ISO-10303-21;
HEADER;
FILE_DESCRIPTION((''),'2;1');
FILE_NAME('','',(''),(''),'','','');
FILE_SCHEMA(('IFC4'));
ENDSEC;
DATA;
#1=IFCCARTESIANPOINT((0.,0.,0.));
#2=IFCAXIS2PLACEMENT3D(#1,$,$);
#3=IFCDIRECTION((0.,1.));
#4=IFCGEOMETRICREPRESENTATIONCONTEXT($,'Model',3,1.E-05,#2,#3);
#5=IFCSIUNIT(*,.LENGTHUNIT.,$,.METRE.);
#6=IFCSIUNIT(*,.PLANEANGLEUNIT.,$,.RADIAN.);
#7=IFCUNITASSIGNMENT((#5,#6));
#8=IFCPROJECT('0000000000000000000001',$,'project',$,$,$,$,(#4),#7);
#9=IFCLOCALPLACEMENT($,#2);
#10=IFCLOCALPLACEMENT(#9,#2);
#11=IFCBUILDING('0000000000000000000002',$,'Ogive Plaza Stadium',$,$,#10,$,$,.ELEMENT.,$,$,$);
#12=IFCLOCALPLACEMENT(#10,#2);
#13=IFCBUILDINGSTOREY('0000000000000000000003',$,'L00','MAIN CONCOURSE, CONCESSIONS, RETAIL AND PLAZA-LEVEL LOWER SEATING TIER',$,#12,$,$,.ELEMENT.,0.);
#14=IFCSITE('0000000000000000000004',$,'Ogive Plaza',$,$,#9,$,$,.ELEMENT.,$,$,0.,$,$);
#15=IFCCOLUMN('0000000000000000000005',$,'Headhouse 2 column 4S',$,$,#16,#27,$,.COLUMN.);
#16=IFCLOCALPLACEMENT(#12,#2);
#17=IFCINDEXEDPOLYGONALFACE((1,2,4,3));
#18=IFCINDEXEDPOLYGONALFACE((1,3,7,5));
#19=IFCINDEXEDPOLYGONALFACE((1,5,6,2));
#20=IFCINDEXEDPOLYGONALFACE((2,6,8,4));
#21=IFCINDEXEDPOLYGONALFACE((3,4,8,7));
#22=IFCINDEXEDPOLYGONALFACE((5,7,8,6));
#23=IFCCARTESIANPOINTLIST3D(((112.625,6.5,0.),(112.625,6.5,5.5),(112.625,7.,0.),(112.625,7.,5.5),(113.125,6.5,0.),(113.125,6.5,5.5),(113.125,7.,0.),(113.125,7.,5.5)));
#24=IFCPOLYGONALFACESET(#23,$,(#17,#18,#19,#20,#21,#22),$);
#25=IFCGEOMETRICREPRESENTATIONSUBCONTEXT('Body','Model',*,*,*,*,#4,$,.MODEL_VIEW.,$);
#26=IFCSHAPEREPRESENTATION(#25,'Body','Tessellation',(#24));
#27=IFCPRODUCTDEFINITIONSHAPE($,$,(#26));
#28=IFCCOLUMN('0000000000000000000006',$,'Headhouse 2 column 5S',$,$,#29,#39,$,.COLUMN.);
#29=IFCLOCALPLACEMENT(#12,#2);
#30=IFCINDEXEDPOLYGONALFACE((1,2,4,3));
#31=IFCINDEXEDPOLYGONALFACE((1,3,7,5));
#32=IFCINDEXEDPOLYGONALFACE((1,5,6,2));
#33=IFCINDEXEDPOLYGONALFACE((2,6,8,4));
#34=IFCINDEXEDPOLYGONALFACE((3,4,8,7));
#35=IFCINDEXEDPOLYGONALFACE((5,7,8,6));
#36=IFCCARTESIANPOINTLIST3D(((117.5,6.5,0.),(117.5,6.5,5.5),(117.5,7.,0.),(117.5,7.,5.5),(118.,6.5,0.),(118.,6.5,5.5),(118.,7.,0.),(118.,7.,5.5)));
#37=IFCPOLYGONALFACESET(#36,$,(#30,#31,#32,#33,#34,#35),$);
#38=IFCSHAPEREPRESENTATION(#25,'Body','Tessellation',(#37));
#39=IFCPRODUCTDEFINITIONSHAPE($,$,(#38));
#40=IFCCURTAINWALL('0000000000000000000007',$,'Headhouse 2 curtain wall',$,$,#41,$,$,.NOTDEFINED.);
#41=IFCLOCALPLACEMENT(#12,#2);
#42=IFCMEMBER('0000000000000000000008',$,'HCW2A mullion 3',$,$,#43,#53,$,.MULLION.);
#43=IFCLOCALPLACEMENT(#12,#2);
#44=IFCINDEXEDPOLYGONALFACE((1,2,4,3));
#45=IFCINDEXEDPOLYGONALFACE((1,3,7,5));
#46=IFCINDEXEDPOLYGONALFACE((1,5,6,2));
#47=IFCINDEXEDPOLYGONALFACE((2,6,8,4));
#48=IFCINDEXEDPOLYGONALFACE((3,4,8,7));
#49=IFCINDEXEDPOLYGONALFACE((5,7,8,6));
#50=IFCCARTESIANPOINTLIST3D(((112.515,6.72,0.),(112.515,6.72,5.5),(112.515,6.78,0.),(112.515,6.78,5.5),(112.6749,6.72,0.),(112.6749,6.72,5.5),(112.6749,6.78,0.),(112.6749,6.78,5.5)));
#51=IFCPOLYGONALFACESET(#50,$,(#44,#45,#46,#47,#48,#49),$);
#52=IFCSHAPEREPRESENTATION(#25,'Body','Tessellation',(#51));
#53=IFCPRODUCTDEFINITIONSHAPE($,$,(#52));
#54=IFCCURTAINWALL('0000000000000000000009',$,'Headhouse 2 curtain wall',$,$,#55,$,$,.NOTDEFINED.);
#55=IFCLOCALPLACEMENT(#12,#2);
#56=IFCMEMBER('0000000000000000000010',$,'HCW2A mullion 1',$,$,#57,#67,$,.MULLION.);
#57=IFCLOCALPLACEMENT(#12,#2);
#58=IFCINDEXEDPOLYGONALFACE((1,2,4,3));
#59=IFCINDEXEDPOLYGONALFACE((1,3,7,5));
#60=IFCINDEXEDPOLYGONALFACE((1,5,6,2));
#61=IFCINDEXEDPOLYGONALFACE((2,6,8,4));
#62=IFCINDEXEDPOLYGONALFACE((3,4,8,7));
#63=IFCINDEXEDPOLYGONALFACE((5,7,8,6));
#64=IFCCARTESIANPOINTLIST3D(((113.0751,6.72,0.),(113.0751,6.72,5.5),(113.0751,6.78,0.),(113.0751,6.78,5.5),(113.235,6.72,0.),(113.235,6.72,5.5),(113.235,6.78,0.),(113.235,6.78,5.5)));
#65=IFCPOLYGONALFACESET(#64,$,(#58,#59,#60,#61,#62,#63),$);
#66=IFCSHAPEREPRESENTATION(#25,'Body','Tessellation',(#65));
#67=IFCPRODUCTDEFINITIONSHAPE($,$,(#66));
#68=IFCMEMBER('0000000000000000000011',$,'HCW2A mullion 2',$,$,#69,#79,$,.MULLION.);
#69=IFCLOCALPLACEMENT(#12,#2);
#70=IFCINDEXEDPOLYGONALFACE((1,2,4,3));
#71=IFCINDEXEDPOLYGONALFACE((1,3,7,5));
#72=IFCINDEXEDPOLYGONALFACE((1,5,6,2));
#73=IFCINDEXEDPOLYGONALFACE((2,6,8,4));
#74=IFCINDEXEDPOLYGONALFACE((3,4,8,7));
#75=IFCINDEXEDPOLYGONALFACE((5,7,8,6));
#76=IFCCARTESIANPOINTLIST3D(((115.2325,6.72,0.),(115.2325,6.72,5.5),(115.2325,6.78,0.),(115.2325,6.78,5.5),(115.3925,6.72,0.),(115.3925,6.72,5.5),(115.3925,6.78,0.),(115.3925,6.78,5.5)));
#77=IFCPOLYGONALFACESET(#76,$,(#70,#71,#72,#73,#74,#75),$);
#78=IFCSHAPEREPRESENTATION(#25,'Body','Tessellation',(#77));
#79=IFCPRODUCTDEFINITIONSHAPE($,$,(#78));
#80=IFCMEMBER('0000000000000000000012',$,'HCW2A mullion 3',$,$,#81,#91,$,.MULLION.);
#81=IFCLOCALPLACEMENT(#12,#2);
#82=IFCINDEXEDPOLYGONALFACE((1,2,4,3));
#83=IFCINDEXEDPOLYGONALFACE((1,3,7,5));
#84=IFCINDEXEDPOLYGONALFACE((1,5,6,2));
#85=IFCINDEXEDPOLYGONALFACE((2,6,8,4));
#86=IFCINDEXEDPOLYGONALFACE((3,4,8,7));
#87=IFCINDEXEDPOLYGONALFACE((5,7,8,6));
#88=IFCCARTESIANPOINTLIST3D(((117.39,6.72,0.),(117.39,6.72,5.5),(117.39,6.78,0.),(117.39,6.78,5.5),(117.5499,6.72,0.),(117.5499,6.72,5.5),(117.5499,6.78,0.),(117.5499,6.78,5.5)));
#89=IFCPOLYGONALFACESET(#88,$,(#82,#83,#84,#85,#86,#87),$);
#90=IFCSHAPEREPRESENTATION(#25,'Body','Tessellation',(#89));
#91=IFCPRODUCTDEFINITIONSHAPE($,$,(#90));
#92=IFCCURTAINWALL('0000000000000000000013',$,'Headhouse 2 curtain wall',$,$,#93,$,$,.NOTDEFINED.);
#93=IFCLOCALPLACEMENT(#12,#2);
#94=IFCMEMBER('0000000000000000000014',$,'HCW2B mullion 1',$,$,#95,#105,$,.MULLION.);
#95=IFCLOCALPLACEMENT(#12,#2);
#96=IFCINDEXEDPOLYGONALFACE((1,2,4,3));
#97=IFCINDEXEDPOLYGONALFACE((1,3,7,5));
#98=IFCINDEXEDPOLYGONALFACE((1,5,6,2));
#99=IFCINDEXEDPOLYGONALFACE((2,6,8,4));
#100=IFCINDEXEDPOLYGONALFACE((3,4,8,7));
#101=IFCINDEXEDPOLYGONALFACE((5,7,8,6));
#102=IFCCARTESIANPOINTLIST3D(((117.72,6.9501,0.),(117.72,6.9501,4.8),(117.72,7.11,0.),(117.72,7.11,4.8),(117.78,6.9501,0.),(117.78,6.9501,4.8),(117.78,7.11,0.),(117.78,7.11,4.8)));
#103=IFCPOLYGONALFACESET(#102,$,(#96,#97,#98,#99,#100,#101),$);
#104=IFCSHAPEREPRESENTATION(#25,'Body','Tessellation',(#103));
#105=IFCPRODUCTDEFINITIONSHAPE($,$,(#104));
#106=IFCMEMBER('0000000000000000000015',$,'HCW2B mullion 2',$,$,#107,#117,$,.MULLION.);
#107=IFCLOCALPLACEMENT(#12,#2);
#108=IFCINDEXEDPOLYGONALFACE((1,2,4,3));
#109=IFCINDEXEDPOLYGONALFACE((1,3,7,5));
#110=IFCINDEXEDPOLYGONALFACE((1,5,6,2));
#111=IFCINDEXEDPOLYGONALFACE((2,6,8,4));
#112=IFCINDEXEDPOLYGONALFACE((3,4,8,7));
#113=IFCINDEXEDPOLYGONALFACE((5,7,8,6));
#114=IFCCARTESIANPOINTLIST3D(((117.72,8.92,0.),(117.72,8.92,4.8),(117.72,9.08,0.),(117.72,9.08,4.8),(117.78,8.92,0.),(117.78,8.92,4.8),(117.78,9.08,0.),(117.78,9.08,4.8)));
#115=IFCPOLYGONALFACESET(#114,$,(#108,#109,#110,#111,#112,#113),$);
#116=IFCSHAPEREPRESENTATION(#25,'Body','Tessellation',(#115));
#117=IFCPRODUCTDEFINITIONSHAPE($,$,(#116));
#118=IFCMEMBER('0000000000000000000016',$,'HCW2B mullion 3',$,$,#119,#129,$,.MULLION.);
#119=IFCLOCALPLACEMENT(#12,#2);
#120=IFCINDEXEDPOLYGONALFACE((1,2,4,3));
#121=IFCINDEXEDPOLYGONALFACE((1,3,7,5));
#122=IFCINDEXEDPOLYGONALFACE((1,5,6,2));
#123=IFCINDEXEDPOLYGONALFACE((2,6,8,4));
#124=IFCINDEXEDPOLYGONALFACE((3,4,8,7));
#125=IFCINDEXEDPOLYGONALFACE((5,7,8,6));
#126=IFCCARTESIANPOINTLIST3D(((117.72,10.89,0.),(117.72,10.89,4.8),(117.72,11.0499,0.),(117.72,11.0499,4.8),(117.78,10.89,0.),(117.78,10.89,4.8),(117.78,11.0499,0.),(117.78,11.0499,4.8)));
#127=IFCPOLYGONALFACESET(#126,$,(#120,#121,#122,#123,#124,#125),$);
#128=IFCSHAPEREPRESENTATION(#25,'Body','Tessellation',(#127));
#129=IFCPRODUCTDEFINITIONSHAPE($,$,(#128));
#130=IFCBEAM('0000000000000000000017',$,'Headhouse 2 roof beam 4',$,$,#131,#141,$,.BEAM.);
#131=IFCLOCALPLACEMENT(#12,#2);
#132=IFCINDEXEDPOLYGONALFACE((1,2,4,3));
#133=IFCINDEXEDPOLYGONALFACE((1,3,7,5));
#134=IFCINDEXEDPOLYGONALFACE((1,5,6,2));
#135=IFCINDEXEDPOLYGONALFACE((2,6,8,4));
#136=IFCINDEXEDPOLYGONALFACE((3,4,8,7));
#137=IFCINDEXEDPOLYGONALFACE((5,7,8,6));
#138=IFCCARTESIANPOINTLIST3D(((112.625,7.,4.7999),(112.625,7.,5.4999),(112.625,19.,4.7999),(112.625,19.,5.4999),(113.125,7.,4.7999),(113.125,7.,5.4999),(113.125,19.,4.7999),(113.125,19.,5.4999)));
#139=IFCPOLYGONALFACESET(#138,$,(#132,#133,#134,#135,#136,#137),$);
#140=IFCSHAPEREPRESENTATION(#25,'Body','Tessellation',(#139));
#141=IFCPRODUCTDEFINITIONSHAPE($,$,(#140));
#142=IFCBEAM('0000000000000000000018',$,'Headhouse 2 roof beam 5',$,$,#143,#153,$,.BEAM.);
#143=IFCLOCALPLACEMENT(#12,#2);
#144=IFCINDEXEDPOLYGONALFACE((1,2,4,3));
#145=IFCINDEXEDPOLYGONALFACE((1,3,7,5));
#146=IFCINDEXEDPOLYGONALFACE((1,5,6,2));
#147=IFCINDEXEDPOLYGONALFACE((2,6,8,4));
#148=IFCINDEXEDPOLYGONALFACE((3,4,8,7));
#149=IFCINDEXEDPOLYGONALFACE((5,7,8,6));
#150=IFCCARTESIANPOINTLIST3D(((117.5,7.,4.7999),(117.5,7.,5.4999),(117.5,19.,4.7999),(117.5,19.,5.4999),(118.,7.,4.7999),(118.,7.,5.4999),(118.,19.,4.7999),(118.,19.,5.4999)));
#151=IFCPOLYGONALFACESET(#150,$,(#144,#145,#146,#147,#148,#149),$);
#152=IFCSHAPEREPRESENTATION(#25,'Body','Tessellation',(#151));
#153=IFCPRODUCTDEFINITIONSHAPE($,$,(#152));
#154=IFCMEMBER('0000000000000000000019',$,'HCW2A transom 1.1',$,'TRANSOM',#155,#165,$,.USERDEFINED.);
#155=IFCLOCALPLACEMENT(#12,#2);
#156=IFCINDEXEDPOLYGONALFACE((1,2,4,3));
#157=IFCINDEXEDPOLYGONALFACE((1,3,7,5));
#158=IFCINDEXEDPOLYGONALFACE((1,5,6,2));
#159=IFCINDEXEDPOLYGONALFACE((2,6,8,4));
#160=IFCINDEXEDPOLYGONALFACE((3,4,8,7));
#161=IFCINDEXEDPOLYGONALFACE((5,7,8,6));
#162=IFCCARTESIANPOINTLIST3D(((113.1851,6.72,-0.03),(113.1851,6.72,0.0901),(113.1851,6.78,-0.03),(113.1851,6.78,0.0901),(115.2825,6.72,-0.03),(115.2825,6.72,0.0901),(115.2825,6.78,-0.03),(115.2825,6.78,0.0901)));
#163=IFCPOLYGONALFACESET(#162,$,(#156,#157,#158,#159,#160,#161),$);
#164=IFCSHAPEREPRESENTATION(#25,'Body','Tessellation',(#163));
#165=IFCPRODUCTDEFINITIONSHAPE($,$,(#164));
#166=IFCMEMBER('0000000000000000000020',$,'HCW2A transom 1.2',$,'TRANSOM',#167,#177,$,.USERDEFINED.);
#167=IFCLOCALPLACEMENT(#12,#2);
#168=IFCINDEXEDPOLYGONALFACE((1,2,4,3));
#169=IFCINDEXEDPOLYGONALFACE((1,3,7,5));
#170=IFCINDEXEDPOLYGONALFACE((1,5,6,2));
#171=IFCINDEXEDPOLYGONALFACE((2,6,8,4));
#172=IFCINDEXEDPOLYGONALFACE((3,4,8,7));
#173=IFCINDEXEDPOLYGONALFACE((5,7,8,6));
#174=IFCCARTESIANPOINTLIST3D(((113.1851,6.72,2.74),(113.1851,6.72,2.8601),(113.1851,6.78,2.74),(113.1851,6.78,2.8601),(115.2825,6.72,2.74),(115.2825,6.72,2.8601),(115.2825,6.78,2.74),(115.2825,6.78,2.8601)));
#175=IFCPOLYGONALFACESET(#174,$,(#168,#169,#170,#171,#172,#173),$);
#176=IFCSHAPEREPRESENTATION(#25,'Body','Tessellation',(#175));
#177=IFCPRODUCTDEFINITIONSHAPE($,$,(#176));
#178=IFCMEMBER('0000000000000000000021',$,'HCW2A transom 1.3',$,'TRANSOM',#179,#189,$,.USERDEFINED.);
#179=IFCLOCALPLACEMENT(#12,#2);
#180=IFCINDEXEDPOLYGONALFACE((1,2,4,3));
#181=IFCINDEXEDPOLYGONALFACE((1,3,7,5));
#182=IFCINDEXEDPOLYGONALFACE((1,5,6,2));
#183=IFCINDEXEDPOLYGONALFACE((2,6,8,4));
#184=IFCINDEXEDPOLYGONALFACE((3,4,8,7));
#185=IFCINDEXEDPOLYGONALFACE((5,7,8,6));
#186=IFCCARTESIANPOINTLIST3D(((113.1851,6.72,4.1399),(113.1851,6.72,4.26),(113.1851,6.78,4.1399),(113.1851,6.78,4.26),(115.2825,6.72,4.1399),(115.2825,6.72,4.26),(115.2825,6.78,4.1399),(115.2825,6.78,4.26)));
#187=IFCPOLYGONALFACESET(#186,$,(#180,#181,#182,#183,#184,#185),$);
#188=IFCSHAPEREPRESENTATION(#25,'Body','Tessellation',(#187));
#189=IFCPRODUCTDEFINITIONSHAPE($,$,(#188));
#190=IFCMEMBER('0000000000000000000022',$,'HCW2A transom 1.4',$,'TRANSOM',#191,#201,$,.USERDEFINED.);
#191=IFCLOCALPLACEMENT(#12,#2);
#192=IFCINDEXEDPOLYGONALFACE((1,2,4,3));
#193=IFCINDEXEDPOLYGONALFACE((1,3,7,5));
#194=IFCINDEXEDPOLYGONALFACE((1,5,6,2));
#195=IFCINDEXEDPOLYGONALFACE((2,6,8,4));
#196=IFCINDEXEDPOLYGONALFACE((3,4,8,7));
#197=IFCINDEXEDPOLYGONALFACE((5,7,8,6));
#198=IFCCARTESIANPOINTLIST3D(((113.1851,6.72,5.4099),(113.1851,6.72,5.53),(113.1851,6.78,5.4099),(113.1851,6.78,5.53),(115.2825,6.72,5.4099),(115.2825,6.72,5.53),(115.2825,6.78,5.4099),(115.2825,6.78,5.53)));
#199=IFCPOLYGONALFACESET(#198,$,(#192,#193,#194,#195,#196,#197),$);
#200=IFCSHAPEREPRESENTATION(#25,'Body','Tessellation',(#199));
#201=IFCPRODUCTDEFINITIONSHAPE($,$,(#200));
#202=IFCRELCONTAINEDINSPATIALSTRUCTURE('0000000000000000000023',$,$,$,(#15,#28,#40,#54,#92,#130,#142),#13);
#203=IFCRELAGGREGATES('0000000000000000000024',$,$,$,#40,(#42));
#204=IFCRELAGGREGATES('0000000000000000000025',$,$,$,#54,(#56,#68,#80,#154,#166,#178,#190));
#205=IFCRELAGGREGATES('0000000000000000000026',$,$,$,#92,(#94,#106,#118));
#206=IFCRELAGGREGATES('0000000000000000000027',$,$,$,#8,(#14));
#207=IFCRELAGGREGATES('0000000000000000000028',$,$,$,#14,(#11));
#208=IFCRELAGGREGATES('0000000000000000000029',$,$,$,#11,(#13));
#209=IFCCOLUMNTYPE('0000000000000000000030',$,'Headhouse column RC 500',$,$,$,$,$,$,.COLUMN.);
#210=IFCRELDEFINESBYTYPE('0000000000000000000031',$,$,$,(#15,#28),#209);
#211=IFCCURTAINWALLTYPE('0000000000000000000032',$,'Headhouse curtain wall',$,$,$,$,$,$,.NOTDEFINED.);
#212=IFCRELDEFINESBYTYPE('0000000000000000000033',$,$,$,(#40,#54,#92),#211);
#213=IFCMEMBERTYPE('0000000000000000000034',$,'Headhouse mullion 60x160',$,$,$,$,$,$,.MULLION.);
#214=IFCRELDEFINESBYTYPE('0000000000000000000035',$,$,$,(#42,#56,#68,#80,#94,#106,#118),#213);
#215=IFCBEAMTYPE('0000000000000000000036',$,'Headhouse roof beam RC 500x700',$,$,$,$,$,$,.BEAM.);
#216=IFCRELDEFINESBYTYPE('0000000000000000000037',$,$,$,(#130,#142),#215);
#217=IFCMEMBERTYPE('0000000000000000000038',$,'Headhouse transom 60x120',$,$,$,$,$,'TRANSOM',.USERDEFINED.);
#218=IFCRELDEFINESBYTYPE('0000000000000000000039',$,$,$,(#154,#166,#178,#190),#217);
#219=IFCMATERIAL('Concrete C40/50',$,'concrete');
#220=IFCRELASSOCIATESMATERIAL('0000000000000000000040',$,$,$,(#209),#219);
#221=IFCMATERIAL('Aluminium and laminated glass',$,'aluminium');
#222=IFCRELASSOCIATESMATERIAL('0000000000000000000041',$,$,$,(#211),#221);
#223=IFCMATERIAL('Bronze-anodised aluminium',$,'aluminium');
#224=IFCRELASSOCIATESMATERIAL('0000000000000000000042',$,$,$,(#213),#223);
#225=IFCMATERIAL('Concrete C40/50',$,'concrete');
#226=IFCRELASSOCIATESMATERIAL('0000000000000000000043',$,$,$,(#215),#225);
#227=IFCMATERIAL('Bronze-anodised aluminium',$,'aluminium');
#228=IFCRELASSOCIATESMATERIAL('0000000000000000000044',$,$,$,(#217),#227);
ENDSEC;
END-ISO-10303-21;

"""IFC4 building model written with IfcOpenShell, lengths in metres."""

from ifc_helpers import new_model, si_unit, direction, frame, origin, origin_2d, place, context, subcontext, project, spatial, rectangle, extrude, material, material_profile, profile_set, type_object, element, aggregate, save


model = new_model("IFC4")

# Units and contexts
model_context = context("Model", 3, precision=1e-05, world=origin(), true_north=direction((0.0, 1.0)))
body_context = subcontext(model_context, "Body", "Model", "MODEL_VIEW")
ifc_project = project(units=[si_unit("LENGTHUNIT", "METRE"), si_unit("PLANEANGLEUNIT", "RADIAN")], contexts=[model_context])

# Site, building, storey
site_placement = place(None, origin())
site = spatial("IfcSite", under=ifc_project, at=site_placement, Name="Ogive Plaza", CompositionType="ELEMENT", RefElevation=0.0)
building_placement = place(site_placement, origin())
building = spatial("IfcBuilding", under=site, at=building_placement, Name="Ogive Plaza Stadium", CompositionType="ELEMENT")
storey_placement = place(building_placement, origin())
storey = spatial("IfcBuildingStorey", under=building, at=storey_placement, Name="L00", Description="MAIN CONCOURSE, CONCESSIONS, RETAIL AND PLAZA-LEVEL LOWER SEATING TIER", CompositionType="ELEMENT", Elevation=0.0)

# Columns
ifc_material_1 = material(Name="Concrete C40/50", Category="concrete")
ifc_material_profile_1 = material_profile(ifc_material_1, rectangle(XDim=0.5, YDim=0.5, at=origin_2d()), Name="Headhouse column RC 500")
ifc_profile_set_1 = profile_set([ifc_material_profile_1], Name="Concrete C40/50")
column_type = type_object("IfcColumnType", Name="Headhouse column RC 500", PredefinedType="COLUMN", material=ifc_profile_set_1)
for number, where, z_axis, x_axis, name in (
    (1, (112.875, 6.75, 0.0), (0.0, 0.0, 1.0), (1.0, 0.0, 0.0), "Headhouse 2 column 4S"),
    (2, (117.75, 6.75, 0.0), (0.0, 0.0, 1.0), (1.0, 0.0, 0.0), "Headhouse 2 column 5S"),
):
    element("IfcColumn", number, at=place(storey_placement, frame(where, z_axis=z_axis, x_axis=x_axis)), inside=storey, type_object=column_type, Name=name, PredefinedType="COLUMN", context=body_context, shape_type="SweptSolid", body=[
        extrude(rectangle(XDim=0.5, YDim=0.5, at=origin_2d()), origin(), (0.0, 0.0, 1.0), 5.5),
    ])

# Curtain wall, member
ifc_material_2 = material(Name="Aluminium and laminated glass", Category="aluminium")
curtain_wall_type = type_object("IfcCurtainWallType", Name="Headhouse curtain wall", PredefinedType="NOTDEFINED", material=ifc_material_2)
curtain_wall_1_placement = place(storey_placement, origin())
curtain_wall_1 = element("IfcCurtainWall", 3, at=curtain_wall_1_placement, inside=storey, type_object=curtain_wall_type, Name="Headhouse 2 curtain wall", PredefinedType="NOTDEFINED")
ifc_material_3 = material(Name="Bronze-anodised aluminium", Category="aluminium")
ifc_material_profile_2 = material_profile(ifc_material_3, rectangle(XDim=0.0601, YDim=0.1599, at=origin_2d()), Name="Headhouse mullion 60x160")
ifc_profile_set_2 = profile_set([ifc_material_profile_2], Name="Bronze-anodised aluminium")
member_type_1 = type_object("IfcMemberType", Name="Headhouse mullion 60x160", PredefinedType="MULLION", material=ifc_profile_set_2)
member_1_placement = place(storey_placement, frame((112.595, 6.75, 0.0), z_axis=(0.0, 0.0, 1.0), x_axis=(0.0, 1.0, 0.0)))
member_1 = element("IfcMember", 4, at=member_1_placement, type_object=member_type_1, Name="HCW2A mullion 3", PredefinedType="MULLION", context=body_context, shape_type="SweptSolid", body=[
    extrude(rectangle(XDim=0.0601, YDim=0.1599, at=origin_2d()), origin(), (0.0, 0.0, 1.0), 5.5),
])
aggregate(curtain_wall_1, [member_1])

# Curtain walls, members
curtain_wall_2_placement = place(storey_placement, origin())
curtain_wall_2 = element("IfcCurtainWall", 5, at=curtain_wall_2_placement, inside=storey, type_object=curtain_wall_type, Name="Headhouse 2 curtain wall", PredefinedType="NOTDEFINED")
member_2_placement = place(storey_placement, frame((113.155, 6.75, 0.0), z_axis=(0.0, 0.0, 1.0), x_axis=(0.0, 1.0, 0.0)))
member_2 = element("IfcMember", 6, at=member_2_placement, type_object=member_type_1, Name="HCW2A mullion 1", PredefinedType="MULLION", context=body_context, shape_type="SweptSolid", body=[
    extrude(rectangle(XDim=0.0601, YDim=0.1599, at=origin_2d()), origin(), (0.0, 0.0, 1.0), 5.5),
])
member_3_placement = place(storey_placement, frame((115.3125, 6.75, 0.0), z_axis=(0.0, 0.0, 1.0), x_axis=(0.0, 1.0, 0.0)))
member_3 = element("IfcMember", 7, at=member_3_placement, type_object=member_type_1, Name="HCW2A mullion 2", PredefinedType="MULLION", context=body_context, shape_type="SweptSolid", body=[
    extrude(rectangle(XDim=0.0601, YDim=0.1599, at=origin_2d()), origin(), (0.0, 0.0, 1.0), 5.5),
])
member_4_placement = place(storey_placement, frame((117.47, 6.75, 0.0), z_axis=(0.0, 0.0, 1.0), x_axis=(0.0, 1.0, 0.0)))
member_4 = element("IfcMember", 8, at=member_4_placement, type_object=member_type_1, Name="HCW2A mullion 3", PredefinedType="MULLION", context=body_context, shape_type="SweptSolid", body=[
    extrude(rectangle(XDim=0.0601, YDim=0.1599, at=origin_2d()), origin(), (0.0, 0.0, 1.0), 5.5),
])
curtain_wall_3_placement = place(storey_placement, origin())
curtain_wall_3 = element("IfcCurtainWall", 9, at=curtain_wall_3_placement, inside=storey, type_object=curtain_wall_type, Name="Headhouse 2 curtain wall", PredefinedType="NOTDEFINED")
member_5_placement = place(storey_placement, frame((117.75, 7.03, 0.0), z_axis=(0.0, 0.0, 1.0), x_axis=(-1.0, 0.0, 0.0)))
member_5 = element("IfcMember", 10, at=member_5_placement, type_object=member_type_1, Name="HCW2B mullion 1", PredefinedType="MULLION", context=body_context, shape_type="SweptSolid", body=[
    extrude(rectangle(XDim=0.0601, YDim=0.1599, at=origin_2d()), origin(), (0.0, 0.0, 1.0), 4.8),
])
member_6_placement = place(storey_placement, frame((117.75, 9.0, 0.0), z_axis=(0.0, 0.0, 1.0), x_axis=(-1.0, 0.0, 0.0)))
member_6 = element("IfcMember", 11, at=member_6_placement, type_object=member_type_1, Name="HCW2B mullion 2", PredefinedType="MULLION", context=body_context, shape_type="SweptSolid", body=[
    extrude(rectangle(XDim=0.0601, YDim=0.1599, at=origin_2d()), origin(), (0.0, 0.0, 1.0), 4.8),
])
member_7_placement = place(storey_placement, frame((117.75, 10.97, 0.0), z_axis=(0.0, 0.0, 1.0), x_axis=(-1.0, 0.0, 0.0)))
member_7 = element("IfcMember", 12, at=member_7_placement, type_object=member_type_1, Name="HCW2B mullion 3", PredefinedType="MULLION", context=body_context, shape_type="SweptSolid", body=[
    extrude(rectangle(XDim=0.0601, YDim=0.1599, at=origin_2d()), origin(), (0.0, 0.0, 1.0), 4.8),
])

# Beams
ifc_material_4 = material(Name="Concrete C40/50", Category="concrete")
ifc_material_profile_3 = material_profile(ifc_material_4, rectangle(XDim=0.5, YDim=0.7, at=origin_2d()), Name="Headhouse roof beam RC 500x700")
ifc_profile_set_3 = profile_set([ifc_material_profile_3], Name="Concrete C40/50")
beam_type = type_object("IfcBeamType", Name="Headhouse roof beam RC 500x700", PredefinedType="BEAM", material=ifc_profile_set_3)
for number, where, z_axis, x_axis, name in (
    (13, (112.875, 7.0, 5.1499), (0.0, 1.0, 0.0), (-1.0, 0.0, 0.0), "Headhouse 2 roof beam 4"),
    (14, (117.75, 7.0, 5.1499), (0.0, 1.0, 0.0), (-1.0, 0.0, 0.0), "Headhouse 2 roof beam 5"),
):
    element("IfcBeam", number, at=place(storey_placement, frame(where, z_axis=z_axis, x_axis=x_axis)), inside=storey, type_object=beam_type, Name=name, PredefinedType="BEAM", context=body_context, shape_type="SweptSolid", body=[
        extrude(rectangle(XDim=0.5, YDim=0.7, at=origin_2d()), origin(), (0.0, 0.0, 1.0), 12.0),
    ])

# Members
ifc_material_5 = material(Name="Bronze-anodised aluminium", Category="aluminium")
ifc_material_profile_4 = material_profile(ifc_material_5, rectangle(XDim=0.0601, YDim=0.1201, at=origin_2d()), Name="Headhouse transom 60x120")
ifc_profile_set_4 = profile_set([ifc_material_profile_4], Name="Bronze-anodised aluminium")
member_type_2 = type_object("IfcMemberType", Name="Headhouse transom 60x120", ElementType="TRANSOM", PredefinedType="USERDEFINED", material=ifc_profile_set_4)
member_8_placement = place(storey_placement, frame((113.1851, 6.75, 0.03), z_axis=(1.0, 0.0, 0.0), x_axis=(0.0, 1.0, 0.0)))
member_8 = element("IfcMember", 15, at=member_8_placement, type_object=member_type_2, Name="HCW2A transom 1.1", ObjectType="TRANSOM", PredefinedType="USERDEFINED", context=body_context, shape_type="SweptSolid", body=[
    extrude(rectangle(XDim=0.0601, YDim=0.1201, at=origin_2d()), origin(), (0.0, 0.0, 1.0), 2.0974),
])
member_9_placement = place(storey_placement, frame((113.1851, 6.75, 2.8), z_axis=(1.0, 0.0, 0.0), x_axis=(0.0, 1.0, 0.0)))
member_9 = element("IfcMember", 16, at=member_9_placement, type_object=member_type_2, Name="HCW2A transom 1.2", ObjectType="TRANSOM", PredefinedType="USERDEFINED", context=body_context, shape_type="SweptSolid", body=[
    extrude(rectangle(XDim=0.0601, YDim=0.1201, at=origin_2d()), origin(), (0.0, 0.0, 1.0), 2.0974),
])
member_10_placement = place(storey_placement, frame((113.1851, 6.75, 4.2), z_axis=(1.0, 0.0, 0.0), x_axis=(0.0, 1.0, 0.0)))
member_10 = element("IfcMember", 17, at=member_10_placement, type_object=member_type_2, Name="HCW2A transom 1.3", ObjectType="TRANSOM", PredefinedType="USERDEFINED", context=body_context, shape_type="SweptSolid", body=[
    extrude(rectangle(XDim=0.0601, YDim=0.1201, at=origin_2d()), origin(), (0.0, 0.0, 1.0), 2.0974),
])
member_11_placement = place(storey_placement, frame((113.1851, 6.75, 5.47), z_axis=(1.0, 0.0, 0.0), x_axis=(0.0, 1.0, 0.0)))
member_11 = element("IfcMember", 18, at=member_11_placement, type_object=member_type_2, Name="HCW2A transom 1.4", ObjectType="TRANSOM", PredefinedType="USERDEFINED", context=body_context, shape_type="SweptSolid", body=[
    extrude(rectangle(XDim=0.0601, YDim=0.1201, at=origin_2d()), origin(), (0.0, 0.0, 1.0), 2.0974),
])

aggregate(curtain_wall_2, [member_2, member_3, member_4, member_8, member_9, member_10, member_11])
aggregate(curtain_wall_3, [member_5, member_6, member_7])

save(model, "model.ifc")
